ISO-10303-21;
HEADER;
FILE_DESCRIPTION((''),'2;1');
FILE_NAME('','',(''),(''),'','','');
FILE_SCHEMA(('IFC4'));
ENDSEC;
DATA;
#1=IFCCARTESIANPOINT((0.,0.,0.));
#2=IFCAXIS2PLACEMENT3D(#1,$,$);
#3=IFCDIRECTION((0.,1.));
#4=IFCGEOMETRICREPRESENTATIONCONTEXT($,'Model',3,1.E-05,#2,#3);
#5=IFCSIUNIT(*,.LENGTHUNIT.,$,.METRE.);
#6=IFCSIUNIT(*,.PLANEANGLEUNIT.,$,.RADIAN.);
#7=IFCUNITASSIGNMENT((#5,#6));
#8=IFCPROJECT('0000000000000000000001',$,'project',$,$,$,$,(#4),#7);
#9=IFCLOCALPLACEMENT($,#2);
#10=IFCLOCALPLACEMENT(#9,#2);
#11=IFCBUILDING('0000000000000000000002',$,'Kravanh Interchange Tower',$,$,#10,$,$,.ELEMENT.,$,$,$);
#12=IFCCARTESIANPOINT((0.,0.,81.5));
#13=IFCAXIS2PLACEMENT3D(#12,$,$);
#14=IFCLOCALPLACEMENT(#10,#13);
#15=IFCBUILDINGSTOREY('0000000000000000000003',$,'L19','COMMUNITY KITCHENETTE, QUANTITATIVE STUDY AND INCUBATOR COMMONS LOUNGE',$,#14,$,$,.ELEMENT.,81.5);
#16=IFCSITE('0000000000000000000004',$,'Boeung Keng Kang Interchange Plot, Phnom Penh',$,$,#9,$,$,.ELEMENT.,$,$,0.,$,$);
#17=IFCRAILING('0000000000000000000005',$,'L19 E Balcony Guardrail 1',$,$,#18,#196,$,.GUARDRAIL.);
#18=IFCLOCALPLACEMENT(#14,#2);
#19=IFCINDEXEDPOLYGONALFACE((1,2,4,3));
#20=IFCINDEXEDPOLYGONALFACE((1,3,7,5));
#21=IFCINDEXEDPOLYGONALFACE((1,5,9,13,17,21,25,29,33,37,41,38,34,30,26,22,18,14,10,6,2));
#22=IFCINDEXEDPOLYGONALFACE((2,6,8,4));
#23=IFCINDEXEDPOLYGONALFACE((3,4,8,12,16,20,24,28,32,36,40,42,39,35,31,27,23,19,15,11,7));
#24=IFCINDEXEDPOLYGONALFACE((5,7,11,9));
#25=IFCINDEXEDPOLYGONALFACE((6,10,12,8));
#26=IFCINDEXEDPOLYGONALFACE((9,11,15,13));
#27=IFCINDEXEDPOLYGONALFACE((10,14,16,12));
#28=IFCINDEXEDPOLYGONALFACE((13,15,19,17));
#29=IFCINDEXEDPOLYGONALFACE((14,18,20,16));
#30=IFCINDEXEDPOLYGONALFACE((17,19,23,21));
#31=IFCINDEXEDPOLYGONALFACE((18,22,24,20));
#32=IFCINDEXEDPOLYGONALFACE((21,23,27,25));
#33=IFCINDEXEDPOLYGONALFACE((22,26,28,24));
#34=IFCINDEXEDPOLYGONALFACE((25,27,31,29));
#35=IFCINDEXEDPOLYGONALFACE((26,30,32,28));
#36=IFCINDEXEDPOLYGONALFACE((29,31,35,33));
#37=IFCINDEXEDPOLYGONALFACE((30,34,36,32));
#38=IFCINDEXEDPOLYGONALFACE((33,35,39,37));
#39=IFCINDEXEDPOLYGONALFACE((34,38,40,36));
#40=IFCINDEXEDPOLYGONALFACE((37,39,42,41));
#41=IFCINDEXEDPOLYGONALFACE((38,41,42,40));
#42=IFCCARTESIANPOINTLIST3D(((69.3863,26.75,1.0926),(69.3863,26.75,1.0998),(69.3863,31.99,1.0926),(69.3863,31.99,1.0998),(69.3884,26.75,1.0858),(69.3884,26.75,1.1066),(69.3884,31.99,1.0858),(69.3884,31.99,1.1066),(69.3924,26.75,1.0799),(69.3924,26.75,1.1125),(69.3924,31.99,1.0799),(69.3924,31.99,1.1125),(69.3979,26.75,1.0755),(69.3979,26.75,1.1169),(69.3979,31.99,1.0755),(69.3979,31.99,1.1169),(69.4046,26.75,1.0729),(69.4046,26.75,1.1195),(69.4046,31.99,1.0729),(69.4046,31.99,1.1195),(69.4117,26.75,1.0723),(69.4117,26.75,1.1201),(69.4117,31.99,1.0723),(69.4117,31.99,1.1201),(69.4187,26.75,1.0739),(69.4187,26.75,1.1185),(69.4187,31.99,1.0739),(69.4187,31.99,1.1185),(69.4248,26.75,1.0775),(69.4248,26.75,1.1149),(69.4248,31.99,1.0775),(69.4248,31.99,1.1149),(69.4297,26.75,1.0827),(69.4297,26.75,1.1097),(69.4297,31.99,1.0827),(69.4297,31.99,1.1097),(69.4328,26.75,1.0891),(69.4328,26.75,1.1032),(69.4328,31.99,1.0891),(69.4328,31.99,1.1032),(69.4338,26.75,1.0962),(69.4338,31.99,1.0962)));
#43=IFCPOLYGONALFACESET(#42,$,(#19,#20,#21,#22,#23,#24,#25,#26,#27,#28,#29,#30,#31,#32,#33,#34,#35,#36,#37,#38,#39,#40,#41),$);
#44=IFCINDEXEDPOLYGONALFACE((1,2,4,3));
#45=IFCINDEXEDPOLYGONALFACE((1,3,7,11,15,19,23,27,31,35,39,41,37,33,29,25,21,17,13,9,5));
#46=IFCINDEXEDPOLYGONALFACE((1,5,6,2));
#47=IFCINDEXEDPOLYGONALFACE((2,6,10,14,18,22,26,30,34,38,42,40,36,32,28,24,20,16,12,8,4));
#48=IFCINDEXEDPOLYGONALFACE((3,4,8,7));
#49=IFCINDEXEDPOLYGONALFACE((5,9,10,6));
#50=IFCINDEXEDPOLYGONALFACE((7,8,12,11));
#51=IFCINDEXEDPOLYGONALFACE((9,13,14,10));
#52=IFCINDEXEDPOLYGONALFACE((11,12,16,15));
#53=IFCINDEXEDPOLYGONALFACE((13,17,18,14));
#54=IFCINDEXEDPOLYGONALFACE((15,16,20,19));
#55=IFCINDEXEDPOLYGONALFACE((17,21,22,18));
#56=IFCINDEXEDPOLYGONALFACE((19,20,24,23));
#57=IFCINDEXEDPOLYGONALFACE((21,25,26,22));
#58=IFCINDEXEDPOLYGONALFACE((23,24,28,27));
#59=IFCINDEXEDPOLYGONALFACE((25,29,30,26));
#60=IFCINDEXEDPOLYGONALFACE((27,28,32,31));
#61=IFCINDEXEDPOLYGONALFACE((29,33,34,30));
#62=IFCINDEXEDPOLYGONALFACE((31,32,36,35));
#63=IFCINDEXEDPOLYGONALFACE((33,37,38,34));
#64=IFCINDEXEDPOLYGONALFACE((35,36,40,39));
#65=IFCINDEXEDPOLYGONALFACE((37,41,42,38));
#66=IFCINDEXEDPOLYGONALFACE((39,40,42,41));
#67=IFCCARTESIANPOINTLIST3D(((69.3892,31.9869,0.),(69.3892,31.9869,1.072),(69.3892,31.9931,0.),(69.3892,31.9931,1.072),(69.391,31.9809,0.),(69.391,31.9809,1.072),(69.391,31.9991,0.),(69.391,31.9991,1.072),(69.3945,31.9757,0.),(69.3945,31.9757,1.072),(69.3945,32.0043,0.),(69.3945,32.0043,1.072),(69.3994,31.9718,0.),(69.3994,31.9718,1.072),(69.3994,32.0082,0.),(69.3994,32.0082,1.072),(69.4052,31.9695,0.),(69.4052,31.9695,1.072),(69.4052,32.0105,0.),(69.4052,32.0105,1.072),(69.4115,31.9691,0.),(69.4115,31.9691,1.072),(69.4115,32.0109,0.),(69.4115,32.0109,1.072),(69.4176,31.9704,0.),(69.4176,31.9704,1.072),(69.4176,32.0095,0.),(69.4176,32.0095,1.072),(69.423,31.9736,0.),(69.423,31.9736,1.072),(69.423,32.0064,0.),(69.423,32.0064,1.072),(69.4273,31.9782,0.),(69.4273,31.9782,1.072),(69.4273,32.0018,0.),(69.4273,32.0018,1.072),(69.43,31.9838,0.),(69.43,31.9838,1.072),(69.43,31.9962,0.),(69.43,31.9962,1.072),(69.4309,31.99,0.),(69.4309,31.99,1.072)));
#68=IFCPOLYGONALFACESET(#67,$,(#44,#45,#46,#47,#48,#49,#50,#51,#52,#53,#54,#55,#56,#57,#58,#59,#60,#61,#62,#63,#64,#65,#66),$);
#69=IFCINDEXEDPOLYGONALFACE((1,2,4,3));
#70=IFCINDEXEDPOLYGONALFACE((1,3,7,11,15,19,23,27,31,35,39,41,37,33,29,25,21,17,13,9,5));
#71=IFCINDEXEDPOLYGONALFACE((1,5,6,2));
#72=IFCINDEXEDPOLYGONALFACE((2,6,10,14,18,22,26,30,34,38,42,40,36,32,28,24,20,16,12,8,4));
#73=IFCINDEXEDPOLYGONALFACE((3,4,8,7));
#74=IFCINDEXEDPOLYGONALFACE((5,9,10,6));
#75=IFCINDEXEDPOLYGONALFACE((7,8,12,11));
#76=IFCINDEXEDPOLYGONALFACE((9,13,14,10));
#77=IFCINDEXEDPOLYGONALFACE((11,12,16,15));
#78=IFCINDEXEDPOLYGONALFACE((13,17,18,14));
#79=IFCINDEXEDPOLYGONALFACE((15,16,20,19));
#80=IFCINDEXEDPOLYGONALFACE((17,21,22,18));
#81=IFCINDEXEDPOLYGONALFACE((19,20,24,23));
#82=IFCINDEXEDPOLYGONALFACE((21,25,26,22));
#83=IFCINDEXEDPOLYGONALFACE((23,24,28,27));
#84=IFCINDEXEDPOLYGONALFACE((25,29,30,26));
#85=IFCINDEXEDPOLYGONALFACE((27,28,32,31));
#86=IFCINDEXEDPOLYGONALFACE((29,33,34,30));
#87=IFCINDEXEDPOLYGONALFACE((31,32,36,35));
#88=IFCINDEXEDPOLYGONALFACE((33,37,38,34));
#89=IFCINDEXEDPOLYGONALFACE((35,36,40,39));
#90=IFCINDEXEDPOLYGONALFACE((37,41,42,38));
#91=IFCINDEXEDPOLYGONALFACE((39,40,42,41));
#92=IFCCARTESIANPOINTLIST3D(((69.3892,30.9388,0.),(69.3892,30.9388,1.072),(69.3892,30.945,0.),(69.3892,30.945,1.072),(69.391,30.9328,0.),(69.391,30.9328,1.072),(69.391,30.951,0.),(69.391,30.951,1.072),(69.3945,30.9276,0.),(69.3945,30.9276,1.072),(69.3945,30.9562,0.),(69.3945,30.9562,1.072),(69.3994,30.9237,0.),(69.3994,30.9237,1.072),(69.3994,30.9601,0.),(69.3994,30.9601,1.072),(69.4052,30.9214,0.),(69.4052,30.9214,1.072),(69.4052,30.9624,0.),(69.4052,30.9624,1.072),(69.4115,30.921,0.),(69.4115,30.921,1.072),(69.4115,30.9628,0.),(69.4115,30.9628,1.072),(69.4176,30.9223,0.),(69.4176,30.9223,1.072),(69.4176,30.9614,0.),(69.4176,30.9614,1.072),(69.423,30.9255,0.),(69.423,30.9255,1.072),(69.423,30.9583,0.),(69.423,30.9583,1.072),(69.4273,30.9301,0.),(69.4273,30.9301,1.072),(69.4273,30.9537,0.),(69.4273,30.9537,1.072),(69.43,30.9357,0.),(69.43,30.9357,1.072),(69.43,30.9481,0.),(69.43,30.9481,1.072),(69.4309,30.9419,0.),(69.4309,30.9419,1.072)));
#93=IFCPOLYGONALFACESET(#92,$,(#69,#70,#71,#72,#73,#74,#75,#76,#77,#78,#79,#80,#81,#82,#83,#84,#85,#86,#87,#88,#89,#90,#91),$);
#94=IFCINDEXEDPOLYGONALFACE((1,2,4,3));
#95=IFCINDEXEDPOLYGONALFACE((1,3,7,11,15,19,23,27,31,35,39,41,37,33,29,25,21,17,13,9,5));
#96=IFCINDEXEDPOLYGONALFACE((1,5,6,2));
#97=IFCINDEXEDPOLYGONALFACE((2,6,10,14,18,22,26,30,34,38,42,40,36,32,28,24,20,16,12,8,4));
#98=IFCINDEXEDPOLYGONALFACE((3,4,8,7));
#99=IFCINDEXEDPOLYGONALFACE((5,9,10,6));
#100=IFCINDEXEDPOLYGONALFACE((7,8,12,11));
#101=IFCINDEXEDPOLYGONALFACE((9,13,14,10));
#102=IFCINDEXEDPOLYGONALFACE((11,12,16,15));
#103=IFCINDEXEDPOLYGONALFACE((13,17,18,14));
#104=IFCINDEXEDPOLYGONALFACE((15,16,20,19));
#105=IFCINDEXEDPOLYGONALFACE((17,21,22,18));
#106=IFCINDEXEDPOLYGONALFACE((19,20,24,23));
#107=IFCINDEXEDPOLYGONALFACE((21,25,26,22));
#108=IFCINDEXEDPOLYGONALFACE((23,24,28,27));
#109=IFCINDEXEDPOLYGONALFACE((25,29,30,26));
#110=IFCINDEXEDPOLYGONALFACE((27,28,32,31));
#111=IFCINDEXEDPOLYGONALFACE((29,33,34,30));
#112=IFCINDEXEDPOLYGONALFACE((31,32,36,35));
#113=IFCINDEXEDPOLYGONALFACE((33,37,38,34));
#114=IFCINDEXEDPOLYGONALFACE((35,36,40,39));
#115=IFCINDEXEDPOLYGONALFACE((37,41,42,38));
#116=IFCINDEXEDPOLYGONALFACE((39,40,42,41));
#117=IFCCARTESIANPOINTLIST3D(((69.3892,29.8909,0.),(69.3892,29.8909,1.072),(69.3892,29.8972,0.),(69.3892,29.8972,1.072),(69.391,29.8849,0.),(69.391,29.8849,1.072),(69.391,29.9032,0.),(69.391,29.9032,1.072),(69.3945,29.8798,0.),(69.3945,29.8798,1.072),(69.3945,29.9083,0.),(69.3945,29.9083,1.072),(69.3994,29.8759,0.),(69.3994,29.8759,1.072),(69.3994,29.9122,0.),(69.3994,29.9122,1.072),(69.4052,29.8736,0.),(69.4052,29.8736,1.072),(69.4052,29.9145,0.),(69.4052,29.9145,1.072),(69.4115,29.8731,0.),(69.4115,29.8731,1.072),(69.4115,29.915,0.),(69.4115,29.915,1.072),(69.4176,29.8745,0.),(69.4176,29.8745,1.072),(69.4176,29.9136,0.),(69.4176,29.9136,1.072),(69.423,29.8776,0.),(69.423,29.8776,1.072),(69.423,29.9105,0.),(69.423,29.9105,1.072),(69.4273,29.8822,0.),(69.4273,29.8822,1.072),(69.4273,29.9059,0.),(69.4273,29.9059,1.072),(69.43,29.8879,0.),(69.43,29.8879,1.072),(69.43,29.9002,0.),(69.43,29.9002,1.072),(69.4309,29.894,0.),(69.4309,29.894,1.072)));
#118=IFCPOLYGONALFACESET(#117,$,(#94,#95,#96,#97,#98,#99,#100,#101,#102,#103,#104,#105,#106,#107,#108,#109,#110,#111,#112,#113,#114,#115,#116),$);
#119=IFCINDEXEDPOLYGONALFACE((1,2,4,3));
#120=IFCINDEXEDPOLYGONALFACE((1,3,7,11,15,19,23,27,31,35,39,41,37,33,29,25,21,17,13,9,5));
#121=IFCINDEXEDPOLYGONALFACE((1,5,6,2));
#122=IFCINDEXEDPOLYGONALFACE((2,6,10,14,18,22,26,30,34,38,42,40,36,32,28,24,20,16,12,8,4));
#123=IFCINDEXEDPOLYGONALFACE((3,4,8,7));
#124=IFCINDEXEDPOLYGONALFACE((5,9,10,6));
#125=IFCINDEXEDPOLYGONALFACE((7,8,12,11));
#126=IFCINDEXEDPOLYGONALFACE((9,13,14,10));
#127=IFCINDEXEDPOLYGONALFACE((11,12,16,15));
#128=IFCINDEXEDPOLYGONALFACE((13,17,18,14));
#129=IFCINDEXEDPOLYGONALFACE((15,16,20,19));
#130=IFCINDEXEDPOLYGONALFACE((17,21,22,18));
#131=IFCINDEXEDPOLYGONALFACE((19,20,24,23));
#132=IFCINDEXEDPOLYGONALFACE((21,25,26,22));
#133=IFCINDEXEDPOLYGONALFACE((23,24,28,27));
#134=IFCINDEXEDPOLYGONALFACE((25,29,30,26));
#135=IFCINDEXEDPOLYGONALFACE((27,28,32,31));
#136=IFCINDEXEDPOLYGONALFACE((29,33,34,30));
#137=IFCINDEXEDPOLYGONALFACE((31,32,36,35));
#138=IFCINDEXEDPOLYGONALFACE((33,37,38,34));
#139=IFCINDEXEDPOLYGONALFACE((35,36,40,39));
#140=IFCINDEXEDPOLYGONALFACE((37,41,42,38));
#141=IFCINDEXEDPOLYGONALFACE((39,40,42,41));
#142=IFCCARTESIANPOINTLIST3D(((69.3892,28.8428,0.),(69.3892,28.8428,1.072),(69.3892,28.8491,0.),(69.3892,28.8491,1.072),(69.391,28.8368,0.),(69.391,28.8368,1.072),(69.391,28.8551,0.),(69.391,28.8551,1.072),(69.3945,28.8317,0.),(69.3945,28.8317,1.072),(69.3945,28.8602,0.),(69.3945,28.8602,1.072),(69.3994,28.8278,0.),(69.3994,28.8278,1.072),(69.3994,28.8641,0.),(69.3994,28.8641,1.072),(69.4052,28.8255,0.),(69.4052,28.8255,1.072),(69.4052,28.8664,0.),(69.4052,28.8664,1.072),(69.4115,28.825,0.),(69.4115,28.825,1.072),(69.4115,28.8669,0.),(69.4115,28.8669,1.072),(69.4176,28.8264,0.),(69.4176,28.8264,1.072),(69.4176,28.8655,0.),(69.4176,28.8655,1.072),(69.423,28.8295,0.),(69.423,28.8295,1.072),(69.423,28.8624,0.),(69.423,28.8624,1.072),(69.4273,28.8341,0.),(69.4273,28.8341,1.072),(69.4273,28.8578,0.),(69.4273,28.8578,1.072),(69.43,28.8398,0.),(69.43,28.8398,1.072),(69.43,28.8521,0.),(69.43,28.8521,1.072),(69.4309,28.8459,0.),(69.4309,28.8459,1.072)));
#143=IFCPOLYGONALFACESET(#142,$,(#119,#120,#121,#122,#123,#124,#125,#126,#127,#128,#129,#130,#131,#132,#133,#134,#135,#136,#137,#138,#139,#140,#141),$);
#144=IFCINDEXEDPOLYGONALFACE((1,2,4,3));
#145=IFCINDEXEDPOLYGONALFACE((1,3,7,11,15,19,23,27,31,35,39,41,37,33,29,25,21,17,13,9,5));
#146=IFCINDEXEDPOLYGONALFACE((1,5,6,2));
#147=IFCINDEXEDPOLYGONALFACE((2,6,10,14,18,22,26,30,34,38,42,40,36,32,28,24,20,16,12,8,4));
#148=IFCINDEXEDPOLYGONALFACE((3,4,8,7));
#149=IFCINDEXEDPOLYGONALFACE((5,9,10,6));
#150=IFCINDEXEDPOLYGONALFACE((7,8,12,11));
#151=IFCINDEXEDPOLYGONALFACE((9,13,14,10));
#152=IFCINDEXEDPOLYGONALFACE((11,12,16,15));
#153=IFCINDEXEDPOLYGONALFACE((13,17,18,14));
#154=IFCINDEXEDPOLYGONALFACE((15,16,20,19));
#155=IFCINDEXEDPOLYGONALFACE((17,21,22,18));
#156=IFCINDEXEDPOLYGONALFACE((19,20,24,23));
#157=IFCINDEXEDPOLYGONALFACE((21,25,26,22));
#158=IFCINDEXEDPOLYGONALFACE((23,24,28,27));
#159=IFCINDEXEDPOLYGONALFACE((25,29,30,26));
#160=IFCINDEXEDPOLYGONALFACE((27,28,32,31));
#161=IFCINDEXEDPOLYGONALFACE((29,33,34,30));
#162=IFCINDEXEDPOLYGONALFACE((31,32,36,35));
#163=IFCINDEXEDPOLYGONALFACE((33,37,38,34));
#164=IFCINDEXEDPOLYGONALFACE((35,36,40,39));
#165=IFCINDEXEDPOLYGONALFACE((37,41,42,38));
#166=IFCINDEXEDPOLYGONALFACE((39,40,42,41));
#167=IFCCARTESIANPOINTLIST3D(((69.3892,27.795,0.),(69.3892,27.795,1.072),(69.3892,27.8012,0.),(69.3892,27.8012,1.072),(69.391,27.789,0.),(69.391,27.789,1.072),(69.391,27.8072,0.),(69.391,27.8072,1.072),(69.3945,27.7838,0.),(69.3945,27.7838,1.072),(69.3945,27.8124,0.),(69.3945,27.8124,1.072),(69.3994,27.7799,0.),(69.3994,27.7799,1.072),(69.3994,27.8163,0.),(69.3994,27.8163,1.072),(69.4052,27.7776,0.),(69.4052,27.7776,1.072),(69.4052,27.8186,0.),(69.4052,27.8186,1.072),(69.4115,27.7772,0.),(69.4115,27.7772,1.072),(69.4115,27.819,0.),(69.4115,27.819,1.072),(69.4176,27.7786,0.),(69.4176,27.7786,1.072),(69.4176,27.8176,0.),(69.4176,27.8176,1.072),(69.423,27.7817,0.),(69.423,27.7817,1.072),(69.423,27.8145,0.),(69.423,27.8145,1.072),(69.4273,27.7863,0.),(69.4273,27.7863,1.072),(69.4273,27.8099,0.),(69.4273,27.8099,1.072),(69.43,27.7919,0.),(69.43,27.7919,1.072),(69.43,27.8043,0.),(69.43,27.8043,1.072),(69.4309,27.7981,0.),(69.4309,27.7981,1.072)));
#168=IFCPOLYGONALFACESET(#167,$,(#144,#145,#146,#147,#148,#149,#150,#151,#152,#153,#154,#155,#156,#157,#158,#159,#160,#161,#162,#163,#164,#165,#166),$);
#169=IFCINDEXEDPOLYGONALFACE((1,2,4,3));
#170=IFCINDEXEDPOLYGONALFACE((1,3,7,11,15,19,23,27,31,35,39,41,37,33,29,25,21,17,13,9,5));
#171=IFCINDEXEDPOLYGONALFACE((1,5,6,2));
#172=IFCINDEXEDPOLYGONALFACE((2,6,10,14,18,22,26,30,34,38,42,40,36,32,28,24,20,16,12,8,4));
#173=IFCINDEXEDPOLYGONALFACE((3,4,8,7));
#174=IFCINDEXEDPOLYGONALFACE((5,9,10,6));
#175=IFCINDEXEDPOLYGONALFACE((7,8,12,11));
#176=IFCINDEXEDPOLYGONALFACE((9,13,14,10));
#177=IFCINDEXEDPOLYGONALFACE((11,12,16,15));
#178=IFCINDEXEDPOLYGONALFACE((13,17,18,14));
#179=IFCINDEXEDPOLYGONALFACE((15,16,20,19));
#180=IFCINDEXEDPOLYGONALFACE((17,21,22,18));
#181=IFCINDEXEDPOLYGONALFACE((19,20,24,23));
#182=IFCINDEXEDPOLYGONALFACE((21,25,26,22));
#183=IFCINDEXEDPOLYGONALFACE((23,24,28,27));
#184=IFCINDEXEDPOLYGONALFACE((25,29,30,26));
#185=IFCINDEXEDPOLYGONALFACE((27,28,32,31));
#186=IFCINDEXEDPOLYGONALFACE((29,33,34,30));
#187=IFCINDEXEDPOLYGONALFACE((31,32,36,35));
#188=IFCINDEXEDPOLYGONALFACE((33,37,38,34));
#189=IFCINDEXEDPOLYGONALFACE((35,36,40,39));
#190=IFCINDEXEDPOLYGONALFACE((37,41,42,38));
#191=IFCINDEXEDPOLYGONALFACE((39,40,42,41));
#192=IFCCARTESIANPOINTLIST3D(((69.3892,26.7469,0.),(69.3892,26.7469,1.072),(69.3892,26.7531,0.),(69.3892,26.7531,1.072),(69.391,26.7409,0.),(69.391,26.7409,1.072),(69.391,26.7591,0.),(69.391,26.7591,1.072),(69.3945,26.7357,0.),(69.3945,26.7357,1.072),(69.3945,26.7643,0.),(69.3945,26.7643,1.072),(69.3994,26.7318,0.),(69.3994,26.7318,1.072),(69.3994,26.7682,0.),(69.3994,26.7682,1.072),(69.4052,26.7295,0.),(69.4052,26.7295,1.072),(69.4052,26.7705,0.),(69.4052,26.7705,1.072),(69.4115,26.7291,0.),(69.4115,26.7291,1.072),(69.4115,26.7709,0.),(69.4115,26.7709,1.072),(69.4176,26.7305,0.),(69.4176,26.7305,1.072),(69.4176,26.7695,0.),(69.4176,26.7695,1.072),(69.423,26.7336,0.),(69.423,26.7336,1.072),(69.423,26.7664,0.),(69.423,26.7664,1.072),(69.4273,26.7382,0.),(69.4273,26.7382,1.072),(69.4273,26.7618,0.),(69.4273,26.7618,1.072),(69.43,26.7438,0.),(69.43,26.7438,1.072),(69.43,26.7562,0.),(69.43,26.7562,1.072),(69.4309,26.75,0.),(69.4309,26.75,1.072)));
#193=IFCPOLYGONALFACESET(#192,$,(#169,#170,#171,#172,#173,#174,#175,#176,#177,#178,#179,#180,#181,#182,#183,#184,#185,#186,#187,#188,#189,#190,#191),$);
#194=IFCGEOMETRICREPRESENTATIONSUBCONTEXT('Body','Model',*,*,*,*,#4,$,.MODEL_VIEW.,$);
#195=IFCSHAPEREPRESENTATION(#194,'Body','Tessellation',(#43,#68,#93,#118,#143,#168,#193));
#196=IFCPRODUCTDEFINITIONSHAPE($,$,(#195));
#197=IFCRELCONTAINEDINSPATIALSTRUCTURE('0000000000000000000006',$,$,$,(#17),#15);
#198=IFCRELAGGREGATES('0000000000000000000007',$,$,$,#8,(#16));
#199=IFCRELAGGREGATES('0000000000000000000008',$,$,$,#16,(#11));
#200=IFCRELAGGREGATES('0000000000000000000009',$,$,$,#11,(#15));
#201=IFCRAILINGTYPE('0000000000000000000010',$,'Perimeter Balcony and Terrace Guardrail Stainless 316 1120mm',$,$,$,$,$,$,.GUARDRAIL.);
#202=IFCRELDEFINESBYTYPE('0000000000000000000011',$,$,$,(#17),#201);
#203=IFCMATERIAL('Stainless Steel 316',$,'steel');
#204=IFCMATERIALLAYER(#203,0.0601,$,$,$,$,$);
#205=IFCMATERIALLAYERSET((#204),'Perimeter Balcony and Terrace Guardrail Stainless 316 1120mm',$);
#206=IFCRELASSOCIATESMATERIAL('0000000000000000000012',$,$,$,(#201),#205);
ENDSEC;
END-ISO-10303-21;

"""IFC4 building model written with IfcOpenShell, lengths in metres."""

from ifc_helpers import new_model, si_unit, direction, frame, origin, origin_2d, place, context, subcontext, project, spatial, circle, extrude, material, layer, layer_set, type_object, element, save


model = new_model("IFC4")

# Units and contexts
model_context = context("Model", 3, precision=1e-05, world=origin(), true_north=direction((0.0, 1.0)))
body_context = subcontext(model_context, "Body", "Model", "MODEL_VIEW")
ifc_project = project(units=[si_unit("LENGTHUNIT", "METRE"), si_unit("PLANEANGLEUNIT", "RADIAN")], contexts=[model_context])

# Site, building, storey
site_placement = place(None, origin())
site = spatial("IfcSite", under=ifc_project, at=site_placement, Name="Boeung Keng Kang Interchange Plot, Phnom Penh", CompositionType="ELEMENT", RefElevation=0.0)
building_placement = place(site_placement, origin())
building = spatial("IfcBuilding", under=site, at=building_placement, Name="Kravanh Interchange Tower", CompositionType="ELEMENT")
storey_placement = place(building_placement, frame((0.0, 0.0, 81.5)))
storey = spatial("IfcBuildingStorey", under=building, at=storey_placement, Name="L19", Description="COMMUNITY KITCHENETTE, QUANTITATIVE STUDY AND INCUBATOR COMMONS LOUNGE", CompositionType="ELEMENT", Elevation=81.5)

# Railing
ifc_material_1 = material(Name="Stainless Steel 316", Category="steel")
ifc_layer_1 = layer(ifc_material_1, 0.0601)
ifc_layer_set_1 = layer_set([ifc_layer_1], Name="Perimeter Balcony and Terrace Guardrail Stainless 316 1120mm")
railing_type = type_object("IfcRailingType", Name="Perimeter Balcony and Terrace Guardrail Stainless 316 1120mm", PredefinedType="GUARDRAIL", material=ifc_layer_set_1)
railing_1_placement = place(storey_placement, frame((69.4099, 31.99, 0.0)))
element("IfcRailing", 1, at=railing_1_placement, inside=storey, type_object=railing_type, Name="L19 E Balcony Guardrail 1", PredefinedType="GUARDRAIL", context=body_context, shape_type="SweptSolid", body=[
    extrude(circle(Radius=0.0239, at=origin_2d()), frame((0.0, 0.0, 1.0962), z_axis=(0.0, -1.0, 0.0), x_axis=(1.0, 0.0, 0.0)), (0.0, 0.0, 1.0), 5.24),
    extrude(circle(Radius=0.021, at=origin_2d()), origin(), (0.0, 0.0, 1.0), 1.072),
    extrude(circle(Radius=0.021, at=origin_2d()), frame((0.0, -1.0481, 0.0)), (0.0, 0.0, 1.0), 1.072),
    extrude(circle(Radius=0.021, at=origin_2d()), frame((0.0, -2.0959, 0.0)), (0.0, 0.0, 1.0), 1.072),
    extrude(circle(Radius=0.021, at=origin_2d()), frame((0.0, -3.144, 0.0)), (0.0, 0.0, 1.0), 1.072),
    extrude(circle(Radius=0.021, at=origin_2d()), frame((0.0, -4.1919, 0.0)), (0.0, 0.0, 1.0), 1.072),
    extrude(circle(Radius=0.021, at=origin_2d()), frame((0.0, -5.24, 0.0)), (0.0, 0.0, 1.0), 1.072),
])

save(model, "model.ifc")
